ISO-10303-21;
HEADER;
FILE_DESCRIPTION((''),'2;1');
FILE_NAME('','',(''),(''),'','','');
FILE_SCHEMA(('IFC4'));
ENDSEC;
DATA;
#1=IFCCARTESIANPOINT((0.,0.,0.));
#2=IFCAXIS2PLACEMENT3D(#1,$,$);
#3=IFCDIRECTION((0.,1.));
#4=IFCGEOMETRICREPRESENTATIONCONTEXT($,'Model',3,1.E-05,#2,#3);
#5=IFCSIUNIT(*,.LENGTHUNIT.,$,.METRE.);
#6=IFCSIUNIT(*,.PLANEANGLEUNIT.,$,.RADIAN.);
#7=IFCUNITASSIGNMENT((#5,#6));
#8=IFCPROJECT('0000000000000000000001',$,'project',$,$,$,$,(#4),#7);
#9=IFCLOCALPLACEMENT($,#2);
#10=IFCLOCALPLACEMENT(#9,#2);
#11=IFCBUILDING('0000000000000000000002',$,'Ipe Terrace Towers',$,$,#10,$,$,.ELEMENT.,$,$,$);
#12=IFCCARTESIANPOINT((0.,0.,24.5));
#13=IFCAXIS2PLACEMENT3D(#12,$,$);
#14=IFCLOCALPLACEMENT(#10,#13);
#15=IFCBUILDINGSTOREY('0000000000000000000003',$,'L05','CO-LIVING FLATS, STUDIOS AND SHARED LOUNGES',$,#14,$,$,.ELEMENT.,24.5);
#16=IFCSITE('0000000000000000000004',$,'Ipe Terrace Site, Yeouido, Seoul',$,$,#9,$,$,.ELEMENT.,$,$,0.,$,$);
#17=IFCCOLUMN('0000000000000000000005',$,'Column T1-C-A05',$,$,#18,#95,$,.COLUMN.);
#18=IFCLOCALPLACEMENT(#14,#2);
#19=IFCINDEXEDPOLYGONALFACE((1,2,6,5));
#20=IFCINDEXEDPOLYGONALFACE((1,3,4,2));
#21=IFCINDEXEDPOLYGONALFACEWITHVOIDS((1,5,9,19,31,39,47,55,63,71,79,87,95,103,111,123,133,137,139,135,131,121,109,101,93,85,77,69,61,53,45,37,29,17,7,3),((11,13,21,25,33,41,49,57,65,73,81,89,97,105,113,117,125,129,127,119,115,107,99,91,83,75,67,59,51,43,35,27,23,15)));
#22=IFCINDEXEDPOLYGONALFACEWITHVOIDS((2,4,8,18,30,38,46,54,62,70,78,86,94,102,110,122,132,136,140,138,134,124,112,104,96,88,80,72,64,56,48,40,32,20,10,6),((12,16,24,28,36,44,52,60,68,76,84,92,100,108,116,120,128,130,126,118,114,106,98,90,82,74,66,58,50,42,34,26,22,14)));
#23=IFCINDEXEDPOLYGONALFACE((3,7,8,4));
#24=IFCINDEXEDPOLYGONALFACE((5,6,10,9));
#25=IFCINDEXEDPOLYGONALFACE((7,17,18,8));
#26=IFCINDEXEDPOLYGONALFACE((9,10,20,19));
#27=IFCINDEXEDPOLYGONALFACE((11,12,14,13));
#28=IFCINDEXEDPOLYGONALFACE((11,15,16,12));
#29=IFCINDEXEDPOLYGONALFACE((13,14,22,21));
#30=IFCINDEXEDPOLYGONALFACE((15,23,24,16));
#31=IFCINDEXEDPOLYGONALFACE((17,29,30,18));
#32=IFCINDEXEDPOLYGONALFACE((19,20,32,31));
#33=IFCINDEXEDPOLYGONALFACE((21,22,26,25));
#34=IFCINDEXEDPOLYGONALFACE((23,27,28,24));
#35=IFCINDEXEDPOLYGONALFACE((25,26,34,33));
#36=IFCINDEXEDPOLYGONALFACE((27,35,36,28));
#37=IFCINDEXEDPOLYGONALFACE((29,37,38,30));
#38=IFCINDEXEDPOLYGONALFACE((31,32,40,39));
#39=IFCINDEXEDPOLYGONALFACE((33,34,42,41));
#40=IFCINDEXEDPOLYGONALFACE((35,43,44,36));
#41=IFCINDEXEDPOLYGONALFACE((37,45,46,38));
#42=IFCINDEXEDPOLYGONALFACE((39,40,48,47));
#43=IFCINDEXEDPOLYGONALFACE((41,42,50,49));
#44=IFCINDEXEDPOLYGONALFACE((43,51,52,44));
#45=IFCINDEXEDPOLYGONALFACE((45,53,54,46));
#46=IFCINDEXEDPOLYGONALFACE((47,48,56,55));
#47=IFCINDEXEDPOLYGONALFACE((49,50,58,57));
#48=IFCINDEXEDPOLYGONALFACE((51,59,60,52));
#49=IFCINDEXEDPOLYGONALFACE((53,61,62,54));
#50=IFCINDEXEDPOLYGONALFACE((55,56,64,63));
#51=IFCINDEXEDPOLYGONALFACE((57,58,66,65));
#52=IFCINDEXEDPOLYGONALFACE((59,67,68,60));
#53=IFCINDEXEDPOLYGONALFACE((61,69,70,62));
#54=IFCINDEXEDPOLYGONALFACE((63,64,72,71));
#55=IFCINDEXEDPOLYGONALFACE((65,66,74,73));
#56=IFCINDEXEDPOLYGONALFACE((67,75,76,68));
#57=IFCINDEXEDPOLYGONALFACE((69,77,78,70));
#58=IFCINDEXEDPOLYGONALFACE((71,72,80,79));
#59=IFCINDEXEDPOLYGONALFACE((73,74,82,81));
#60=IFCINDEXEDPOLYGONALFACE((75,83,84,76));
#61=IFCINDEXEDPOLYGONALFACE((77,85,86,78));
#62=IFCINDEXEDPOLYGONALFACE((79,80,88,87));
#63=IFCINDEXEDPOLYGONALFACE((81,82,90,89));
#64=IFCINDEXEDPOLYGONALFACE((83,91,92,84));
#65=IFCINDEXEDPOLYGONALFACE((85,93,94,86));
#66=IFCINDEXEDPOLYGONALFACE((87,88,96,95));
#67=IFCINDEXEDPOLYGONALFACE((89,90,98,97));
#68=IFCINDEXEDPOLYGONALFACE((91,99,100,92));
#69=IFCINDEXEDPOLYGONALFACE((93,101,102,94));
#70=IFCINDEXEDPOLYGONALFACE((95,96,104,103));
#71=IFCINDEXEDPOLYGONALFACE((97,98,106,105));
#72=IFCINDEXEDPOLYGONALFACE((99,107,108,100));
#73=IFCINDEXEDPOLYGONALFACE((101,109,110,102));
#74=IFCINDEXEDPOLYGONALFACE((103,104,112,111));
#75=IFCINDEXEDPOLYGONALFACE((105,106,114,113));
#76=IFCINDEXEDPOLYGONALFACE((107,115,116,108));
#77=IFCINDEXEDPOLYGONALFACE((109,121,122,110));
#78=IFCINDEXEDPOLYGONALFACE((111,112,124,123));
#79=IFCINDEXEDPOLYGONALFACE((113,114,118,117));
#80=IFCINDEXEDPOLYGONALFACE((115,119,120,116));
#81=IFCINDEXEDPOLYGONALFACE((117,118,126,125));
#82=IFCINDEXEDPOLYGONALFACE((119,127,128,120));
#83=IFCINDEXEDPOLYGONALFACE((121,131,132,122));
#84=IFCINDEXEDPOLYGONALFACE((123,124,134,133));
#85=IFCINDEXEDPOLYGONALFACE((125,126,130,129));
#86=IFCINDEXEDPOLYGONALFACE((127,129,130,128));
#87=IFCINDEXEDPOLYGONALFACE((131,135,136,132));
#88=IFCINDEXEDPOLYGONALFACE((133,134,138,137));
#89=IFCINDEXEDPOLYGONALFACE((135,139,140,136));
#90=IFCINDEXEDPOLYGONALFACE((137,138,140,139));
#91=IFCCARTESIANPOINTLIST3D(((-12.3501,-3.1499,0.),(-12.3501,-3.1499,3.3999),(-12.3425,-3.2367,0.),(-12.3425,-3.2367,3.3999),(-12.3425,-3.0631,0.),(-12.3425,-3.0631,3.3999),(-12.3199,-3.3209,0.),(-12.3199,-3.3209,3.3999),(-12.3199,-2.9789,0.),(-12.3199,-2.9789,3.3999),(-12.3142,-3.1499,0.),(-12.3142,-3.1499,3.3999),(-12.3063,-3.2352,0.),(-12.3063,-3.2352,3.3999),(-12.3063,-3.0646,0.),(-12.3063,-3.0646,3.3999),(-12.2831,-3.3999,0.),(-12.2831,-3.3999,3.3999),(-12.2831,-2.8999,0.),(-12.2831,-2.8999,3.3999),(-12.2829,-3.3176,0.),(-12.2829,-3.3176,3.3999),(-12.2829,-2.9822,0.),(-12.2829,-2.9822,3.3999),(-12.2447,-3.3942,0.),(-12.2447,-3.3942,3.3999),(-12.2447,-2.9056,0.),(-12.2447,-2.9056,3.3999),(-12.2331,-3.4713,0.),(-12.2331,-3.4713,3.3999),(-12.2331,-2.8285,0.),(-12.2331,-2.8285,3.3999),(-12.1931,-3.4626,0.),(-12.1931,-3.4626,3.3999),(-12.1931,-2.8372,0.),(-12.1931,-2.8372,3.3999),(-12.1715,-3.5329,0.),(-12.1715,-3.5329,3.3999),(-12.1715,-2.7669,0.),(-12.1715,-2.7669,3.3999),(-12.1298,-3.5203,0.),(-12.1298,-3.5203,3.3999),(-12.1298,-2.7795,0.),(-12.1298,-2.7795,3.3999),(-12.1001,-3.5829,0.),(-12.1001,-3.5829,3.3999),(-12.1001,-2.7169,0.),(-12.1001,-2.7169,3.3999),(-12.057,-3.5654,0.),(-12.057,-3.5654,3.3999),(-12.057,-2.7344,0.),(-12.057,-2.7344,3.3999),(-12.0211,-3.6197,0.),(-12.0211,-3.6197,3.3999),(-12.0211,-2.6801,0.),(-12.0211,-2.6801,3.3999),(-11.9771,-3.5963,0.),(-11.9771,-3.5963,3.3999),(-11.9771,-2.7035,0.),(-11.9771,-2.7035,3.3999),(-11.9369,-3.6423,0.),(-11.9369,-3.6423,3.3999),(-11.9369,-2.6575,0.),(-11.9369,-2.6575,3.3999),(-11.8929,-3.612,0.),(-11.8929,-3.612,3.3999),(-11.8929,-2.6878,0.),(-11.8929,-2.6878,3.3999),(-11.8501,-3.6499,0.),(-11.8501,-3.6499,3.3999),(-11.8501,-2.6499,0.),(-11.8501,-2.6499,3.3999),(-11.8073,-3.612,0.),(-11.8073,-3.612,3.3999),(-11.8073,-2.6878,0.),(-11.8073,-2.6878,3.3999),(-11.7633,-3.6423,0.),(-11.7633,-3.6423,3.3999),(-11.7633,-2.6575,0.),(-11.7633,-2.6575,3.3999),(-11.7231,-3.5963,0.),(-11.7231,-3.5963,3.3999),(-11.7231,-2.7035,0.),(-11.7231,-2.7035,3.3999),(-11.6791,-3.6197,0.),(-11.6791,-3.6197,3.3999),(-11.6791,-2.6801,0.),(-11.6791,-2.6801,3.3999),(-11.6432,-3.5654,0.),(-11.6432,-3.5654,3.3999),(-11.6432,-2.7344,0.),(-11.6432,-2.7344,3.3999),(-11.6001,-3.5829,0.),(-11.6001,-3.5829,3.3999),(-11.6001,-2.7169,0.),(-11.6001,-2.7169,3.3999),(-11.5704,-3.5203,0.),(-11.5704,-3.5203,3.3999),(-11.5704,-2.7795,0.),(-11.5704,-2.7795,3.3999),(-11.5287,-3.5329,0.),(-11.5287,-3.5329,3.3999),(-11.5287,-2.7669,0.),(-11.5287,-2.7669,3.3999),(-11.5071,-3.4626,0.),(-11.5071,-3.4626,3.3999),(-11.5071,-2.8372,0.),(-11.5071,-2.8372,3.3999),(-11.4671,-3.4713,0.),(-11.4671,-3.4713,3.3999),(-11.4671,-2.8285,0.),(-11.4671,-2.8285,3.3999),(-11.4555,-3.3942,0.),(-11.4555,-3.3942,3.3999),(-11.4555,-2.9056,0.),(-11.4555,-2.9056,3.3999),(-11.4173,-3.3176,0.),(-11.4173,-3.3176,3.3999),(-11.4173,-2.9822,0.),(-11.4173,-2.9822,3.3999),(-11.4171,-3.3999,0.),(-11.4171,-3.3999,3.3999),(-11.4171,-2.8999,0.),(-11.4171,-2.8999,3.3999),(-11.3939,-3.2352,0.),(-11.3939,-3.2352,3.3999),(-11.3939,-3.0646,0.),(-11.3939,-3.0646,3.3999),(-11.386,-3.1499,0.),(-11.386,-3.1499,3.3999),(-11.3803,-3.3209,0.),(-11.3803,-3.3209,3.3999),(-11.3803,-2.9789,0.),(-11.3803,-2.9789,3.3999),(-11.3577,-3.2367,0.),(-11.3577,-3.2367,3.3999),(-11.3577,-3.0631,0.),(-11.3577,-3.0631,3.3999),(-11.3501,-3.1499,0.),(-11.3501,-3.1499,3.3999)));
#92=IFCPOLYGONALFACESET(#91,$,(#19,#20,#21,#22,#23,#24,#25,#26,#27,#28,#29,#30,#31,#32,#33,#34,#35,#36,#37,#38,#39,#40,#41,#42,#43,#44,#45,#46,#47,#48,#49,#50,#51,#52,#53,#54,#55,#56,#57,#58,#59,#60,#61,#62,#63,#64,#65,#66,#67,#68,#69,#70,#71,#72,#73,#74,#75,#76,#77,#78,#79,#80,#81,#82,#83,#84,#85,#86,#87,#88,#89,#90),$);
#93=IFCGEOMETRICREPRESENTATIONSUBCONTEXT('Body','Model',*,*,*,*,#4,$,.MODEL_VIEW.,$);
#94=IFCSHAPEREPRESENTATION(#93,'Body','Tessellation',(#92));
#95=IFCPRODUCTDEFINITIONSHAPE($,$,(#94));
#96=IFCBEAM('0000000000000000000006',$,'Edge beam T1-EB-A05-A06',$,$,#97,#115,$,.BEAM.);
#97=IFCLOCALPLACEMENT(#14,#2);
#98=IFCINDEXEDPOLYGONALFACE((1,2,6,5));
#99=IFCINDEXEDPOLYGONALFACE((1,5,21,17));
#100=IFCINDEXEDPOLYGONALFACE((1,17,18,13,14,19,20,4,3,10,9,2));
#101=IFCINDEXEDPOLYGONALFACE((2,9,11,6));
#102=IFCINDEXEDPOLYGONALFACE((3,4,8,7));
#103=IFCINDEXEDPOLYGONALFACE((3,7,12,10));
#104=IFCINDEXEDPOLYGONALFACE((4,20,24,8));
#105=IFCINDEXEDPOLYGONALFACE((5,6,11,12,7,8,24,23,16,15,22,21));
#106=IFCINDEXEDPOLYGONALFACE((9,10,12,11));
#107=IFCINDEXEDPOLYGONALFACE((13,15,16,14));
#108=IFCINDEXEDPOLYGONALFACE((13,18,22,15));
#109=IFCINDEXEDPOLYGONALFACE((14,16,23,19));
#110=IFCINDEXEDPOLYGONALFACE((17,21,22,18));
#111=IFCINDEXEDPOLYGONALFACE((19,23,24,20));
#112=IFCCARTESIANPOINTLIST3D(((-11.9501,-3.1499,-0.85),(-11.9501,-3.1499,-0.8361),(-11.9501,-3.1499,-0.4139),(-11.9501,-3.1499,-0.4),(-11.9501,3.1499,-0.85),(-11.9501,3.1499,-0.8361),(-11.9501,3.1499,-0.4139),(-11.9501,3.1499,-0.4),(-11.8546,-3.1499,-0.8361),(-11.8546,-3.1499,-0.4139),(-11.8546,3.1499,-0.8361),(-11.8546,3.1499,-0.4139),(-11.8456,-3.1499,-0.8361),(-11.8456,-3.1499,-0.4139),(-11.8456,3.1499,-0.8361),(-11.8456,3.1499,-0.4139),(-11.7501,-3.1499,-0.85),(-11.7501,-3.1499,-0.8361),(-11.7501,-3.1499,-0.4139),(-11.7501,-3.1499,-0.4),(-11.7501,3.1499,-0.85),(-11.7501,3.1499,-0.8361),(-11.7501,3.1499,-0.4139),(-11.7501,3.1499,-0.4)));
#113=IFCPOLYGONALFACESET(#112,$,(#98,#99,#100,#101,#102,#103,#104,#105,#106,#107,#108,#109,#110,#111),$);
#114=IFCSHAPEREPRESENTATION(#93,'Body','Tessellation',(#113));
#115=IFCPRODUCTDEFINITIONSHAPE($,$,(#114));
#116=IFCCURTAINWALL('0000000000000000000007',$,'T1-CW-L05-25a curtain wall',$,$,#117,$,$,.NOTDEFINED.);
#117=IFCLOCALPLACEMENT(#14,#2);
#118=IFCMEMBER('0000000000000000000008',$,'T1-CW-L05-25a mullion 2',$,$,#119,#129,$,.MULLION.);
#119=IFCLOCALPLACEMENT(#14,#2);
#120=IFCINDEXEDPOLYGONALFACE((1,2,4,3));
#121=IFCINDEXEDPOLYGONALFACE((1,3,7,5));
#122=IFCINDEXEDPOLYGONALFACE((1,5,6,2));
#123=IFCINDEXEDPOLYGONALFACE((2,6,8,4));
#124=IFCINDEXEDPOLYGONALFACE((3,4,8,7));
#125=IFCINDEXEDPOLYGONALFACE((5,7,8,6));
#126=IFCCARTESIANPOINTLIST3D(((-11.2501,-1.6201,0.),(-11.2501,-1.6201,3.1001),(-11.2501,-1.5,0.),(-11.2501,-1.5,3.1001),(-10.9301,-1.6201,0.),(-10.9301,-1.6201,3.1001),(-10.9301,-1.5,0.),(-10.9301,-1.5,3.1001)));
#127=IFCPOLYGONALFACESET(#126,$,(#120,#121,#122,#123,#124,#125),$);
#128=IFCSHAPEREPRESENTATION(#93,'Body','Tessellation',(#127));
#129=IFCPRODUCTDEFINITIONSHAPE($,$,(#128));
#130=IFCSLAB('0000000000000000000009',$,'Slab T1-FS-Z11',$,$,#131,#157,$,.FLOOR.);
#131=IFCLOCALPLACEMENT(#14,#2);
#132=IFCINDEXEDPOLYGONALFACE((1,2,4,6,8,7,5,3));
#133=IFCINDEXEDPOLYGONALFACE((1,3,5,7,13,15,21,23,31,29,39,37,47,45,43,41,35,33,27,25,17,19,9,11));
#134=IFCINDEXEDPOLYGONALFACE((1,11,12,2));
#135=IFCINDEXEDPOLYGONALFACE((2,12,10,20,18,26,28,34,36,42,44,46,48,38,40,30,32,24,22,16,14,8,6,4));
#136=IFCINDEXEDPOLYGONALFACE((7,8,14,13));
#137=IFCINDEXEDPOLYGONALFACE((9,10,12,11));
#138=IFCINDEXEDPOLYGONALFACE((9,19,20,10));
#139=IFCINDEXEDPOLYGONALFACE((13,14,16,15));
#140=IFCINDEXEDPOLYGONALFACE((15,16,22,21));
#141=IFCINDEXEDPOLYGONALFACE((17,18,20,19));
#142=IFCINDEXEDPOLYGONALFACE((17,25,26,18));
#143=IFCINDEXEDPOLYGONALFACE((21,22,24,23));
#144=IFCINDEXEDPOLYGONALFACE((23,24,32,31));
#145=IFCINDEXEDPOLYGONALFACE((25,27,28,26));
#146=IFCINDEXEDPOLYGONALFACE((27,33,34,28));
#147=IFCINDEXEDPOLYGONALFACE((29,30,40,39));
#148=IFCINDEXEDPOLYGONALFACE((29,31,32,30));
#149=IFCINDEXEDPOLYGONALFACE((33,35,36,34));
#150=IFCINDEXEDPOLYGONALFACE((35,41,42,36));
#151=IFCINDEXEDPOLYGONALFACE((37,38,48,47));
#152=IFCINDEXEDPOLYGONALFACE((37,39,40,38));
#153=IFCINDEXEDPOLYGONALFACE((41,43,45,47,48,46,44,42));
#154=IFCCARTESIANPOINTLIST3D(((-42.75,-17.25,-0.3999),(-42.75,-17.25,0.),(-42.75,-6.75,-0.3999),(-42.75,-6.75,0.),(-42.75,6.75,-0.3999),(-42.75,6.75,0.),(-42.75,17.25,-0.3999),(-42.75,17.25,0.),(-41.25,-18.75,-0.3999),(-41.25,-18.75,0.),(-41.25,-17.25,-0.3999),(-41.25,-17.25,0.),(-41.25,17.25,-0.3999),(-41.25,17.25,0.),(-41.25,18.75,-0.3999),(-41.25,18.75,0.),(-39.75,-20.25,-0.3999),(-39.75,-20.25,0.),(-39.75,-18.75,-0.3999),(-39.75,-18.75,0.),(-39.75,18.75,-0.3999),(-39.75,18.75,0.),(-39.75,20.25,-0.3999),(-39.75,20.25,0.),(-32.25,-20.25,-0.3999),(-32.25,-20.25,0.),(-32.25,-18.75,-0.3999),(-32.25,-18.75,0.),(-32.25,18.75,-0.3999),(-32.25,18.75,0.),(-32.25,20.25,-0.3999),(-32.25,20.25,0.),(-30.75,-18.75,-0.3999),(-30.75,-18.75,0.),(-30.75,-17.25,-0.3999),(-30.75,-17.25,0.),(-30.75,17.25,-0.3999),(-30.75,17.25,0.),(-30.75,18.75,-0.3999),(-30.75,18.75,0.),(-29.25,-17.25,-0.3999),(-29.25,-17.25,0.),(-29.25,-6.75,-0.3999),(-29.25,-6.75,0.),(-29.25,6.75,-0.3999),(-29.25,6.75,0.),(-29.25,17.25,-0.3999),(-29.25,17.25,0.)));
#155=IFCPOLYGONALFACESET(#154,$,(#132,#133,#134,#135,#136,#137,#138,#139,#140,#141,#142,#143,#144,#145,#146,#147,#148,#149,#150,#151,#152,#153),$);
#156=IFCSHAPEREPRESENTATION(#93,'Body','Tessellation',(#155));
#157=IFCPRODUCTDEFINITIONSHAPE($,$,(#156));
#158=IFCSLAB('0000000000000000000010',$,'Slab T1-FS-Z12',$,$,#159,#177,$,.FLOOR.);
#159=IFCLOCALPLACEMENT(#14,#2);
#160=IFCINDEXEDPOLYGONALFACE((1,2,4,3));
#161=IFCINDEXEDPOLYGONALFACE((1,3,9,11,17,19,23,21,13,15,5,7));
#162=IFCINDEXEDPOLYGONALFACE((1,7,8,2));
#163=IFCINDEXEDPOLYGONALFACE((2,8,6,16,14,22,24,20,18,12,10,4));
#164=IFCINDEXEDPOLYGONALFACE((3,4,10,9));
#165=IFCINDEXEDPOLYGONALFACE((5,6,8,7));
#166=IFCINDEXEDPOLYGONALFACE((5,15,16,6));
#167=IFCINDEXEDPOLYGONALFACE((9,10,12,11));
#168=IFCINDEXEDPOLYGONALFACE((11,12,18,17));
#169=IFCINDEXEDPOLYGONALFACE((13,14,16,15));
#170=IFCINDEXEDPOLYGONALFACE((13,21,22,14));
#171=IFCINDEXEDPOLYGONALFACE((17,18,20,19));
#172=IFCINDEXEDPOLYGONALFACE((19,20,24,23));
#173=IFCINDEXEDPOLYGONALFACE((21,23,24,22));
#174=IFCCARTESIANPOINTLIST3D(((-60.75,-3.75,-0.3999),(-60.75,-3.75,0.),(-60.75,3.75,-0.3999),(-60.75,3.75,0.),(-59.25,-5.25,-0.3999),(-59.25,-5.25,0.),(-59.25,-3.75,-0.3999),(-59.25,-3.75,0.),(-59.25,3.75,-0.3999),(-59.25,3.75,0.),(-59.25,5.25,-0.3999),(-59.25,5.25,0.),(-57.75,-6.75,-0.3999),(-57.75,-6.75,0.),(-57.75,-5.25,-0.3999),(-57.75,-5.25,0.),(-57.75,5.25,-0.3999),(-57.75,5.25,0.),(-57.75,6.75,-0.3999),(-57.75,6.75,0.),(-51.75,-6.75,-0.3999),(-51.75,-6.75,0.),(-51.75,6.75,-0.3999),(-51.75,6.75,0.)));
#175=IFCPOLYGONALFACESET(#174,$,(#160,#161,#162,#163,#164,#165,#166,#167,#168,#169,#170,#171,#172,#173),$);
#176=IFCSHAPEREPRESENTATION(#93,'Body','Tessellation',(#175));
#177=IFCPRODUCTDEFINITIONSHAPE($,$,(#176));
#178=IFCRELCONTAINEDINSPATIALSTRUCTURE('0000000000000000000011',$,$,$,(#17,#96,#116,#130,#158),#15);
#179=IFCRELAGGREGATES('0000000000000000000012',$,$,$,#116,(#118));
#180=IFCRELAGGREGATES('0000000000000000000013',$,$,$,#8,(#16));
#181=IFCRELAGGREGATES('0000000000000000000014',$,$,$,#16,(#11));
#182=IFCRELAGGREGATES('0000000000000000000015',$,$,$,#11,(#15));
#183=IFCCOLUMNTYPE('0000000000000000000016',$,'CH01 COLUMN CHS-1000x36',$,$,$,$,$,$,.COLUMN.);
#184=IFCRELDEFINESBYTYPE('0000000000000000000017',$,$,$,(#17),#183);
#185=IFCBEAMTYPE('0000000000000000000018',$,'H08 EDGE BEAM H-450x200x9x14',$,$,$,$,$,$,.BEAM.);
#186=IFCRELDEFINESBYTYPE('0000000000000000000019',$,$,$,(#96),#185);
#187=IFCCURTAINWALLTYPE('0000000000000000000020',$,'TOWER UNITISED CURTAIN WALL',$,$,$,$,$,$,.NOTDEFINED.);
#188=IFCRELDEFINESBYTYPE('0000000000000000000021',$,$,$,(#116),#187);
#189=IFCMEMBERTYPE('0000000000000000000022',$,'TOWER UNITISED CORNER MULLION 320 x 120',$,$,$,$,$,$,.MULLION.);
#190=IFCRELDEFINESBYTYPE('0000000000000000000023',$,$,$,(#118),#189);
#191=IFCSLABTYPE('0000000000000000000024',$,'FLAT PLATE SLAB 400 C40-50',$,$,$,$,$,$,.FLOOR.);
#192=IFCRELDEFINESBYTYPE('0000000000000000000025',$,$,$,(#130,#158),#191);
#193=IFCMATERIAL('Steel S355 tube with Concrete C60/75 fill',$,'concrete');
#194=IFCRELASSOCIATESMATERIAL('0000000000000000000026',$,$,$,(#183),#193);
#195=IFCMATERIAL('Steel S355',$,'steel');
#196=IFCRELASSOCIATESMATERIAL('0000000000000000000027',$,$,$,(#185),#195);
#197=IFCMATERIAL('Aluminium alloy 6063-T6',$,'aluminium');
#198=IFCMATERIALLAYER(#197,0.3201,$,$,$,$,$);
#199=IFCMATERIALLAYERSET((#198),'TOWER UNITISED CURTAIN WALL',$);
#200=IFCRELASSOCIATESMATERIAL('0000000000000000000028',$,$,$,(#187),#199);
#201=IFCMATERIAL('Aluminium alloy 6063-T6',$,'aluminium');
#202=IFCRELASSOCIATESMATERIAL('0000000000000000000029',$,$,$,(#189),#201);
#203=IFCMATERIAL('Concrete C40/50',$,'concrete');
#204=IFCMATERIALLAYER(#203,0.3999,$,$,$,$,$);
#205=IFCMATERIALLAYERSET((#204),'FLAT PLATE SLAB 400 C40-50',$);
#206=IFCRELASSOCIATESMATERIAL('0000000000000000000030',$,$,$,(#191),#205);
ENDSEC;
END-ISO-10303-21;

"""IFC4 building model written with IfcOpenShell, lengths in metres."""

from ifc_helpers import new_model, si_unit, direction, frame, origin, origin_2d, place, context, subcontext, project, spatial, polyline, rectangle, hollow_circle, i_section, outline, extrude, material, layer, layer_set, material_profile, profile_set, type_object, element, aggregate, save


model = new_model("IFC4")

# Units and contexts
model_context = context("Model", 3, precision=1e-05, world=origin(), true_north=direction((0.0, 1.0)))
body_context = subcontext(model_context, "Body", "Model", "MODEL_VIEW")
ifc_project = project(units=[si_unit("LENGTHUNIT", "METRE"), si_unit("PLANEANGLEUNIT", "RADIAN")], contexts=[model_context])

# Site, building, storey
site_placement = place(None, origin())
site = spatial("IfcSite", under=ifc_project, at=site_placement, Name="Ipe Terrace Site, Yeouido, Seoul", CompositionType="ELEMENT", RefElevation=0.0)
building_placement = place(site_placement, origin())
building = spatial("IfcBuilding", under=site, at=building_placement, Name="Ipe Terrace Towers", CompositionType="ELEMENT")
storey_placement = place(building_placement, frame((0.0, 0.0, 24.5)))
storey = spatial("IfcBuildingStorey", under=building, at=storey_placement, Name="L05", Description="CO-LIVING FLATS, STUDIOS AND SHARED LOUNGES", CompositionType="ELEMENT", Elevation=24.5)

# Column
ifc_material_1 = material(Name="Steel S355 tube with Concrete C60/75 fill", Category="concrete")
ifc_material_profile_1 = material_profile(ifc_material_1, hollow_circle(Radius=0.5, WallThickness=0.0359, at=origin_2d()), Name="CHS-1000x36")
ifc_profile_set_1 = profile_set([ifc_material_profile_1], Name="Steel S355 tube with Concrete C60/75 fill")
column_type = type_object("IfcColumnType", Name="CH01 COLUMN CHS-1000x36", PredefinedType="COLUMN", material=ifc_profile_set_1)
column_placement = place(storey_placement, frame((-11.8501, -3.1499, 0.0), z_axis=(0.0, 0.0, 1.0), x_axis=(1.0, 0.0, 0.0)))
element("IfcColumn", 1, at=column_placement, inside=storey, type_object=column_type, Name="Column T1-C-A05", PredefinedType="COLUMN", context=body_context, shape_type="SweptSolid", body=[
    extrude(hollow_circle(Radius=0.5, WallThickness=0.0359, at=origin_2d()), origin(), (0.0, 0.0, 1.0), 3.3999),
])

# Beam
ifc_material_2 = material(Name="Steel S355", Category="steel")
ifc_material_profile_2 = material_profile(ifc_material_2, i_section(OverallWidth=0.2, OverallDepth=0.45, WebThickness=0.009, FlangeThickness=0.0139, at=origin_2d()), Name="H-450x200x9x14")
ifc_profile_set_2 = profile_set([ifc_material_profile_2], Name="Steel S355")
beam_type = type_object("IfcBeamType", Name="H08 EDGE BEAM H-450x200x9x14", PredefinedType="BEAM", material=ifc_profile_set_2)
beam_placement = place(storey_placement, frame((-11.8501, -3.1499, -0.625), z_axis=(0.0, 1.0, 0.0), x_axis=(-1.0, 0.0, 0.0)))
element("IfcBeam", 2, at=beam_placement, inside=storey, type_object=beam_type, Name="Edge beam T1-EB-A05-A06", PredefinedType="BEAM", context=body_context, shape_type="SweptSolid", body=[
    extrude(i_section(OverallWidth=0.2, OverallDepth=0.45, WebThickness=0.009, FlangeThickness=0.0139, at=origin_2d()), origin(), (0.0, 0.0, 1.0), 6.2998),
])

# Curtain wall, member
ifc_material_3 = material(Name="Aluminium alloy 6063-T6", Category="aluminium")
ifc_layer_1 = layer(ifc_material_3, 0.3201)
ifc_layer_set_1 = layer_set([ifc_layer_1], Name="TOWER UNITISED CURTAIN WALL")
curtain_wall_type = type_object("IfcCurtainWallType", Name="TOWER UNITISED CURTAIN WALL", PredefinedType="NOTDEFINED", material=ifc_layer_set_1)
curtain_wall_placement = place(storey_placement, origin())
curtain_wall = element("IfcCurtainWall", 3, at=curtain_wall_placement, inside=storey, type_object=curtain_wall_type, Name="T1-CW-L05-25a curtain wall", PredefinedType="NOTDEFINED")
ifc_material_4 = material(Name="Aluminium alloy 6063-T6", Category="aluminium")
ifc_material_profile_3 = material_profile(ifc_material_4, rectangle(XDim=0.3201, YDim=0.1201, at=origin_2d()), Name="TOWER UNITISED CORNER MULLION 320 x 120")
ifc_profile_set_3 = profile_set([ifc_material_profile_3], Name="Aluminium alloy 6063-T6")
member_type = type_object("IfcMemberType", Name="TOWER UNITISED CORNER MULLION 320 x 120", PredefinedType="MULLION", material=ifc_profile_set_3)
member_placement = place(storey_placement, frame((-11.0901, -1.5601, 0.0), z_axis=(0.0, 0.0, 1.0), x_axis=(1.0, 0.0, 0.0)))
member = element("IfcMember", 4, at=member_placement, type_object=member_type, Name="T1-CW-L05-25a mullion 2", PredefinedType="MULLION", context=body_context, shape_type="SweptSolid", body=[
    extrude(rectangle(XDim=0.3201, YDim=0.1201, at=origin_2d()), origin(), (0.0, 0.0, 1.0), 3.1001),
])

# Slabs
ifc_material_5 = material(Name="Concrete C40/50", Category="concrete")
ifc_layer_2 = layer(ifc_material_5, 0.3999)
ifc_layer_set_2 = layer_set([ifc_layer_2], Name="FLAT PLATE SLAB 400 C40-50")
slab_type_1 = type_object("IfcSlabType", Name="FLAT PLATE SLAB 400 C40-50", PredefinedType="FLOOR", material=ifc_layer_set_2)
slab_1_placement = place(storey_placement, frame((0.0, 0.0, -0.3999)))
element("IfcSlab", 5, at=slab_1_placement, inside=storey, type_object=slab_type_1, Name="Slab T1-FS-Z11", PredefinedType="FLOOR", context=body_context, shape_type="SweptSolid", body=[
    extrude(outline(polyline([(-30.75, -17.25), (-30.75, -18.75), (-32.25, -18.75), (-32.25, -20.25), (-39.75, -20.25), (-39.75, -18.75), (-41.25, -18.75), (-41.25, -17.25), (-42.75, -17.25), (-42.75, -6.75), (-42.75, 6.75), (-42.75, 17.25), (-41.25, 17.25), (-41.25, 18.75), (-39.75, 18.75), (-39.75, 20.25), (-32.25, 20.25), (-32.25, 18.75), (-30.75, 18.75), (-30.75, 17.25), (-29.25, 17.25), (-29.25, 6.75), (-29.25, -6.75), (-29.25, -17.25), (-30.75, -17.25)])), origin(), (0.0, 0.0, 1.0), 0.3999),
])
slab_2_placement = place(storey_placement, frame((0.0, 0.0, -0.3999)))
element("IfcSlab", 6, at=slab_2_placement, inside=storey, type_object=slab_type_1, Name="Slab T1-FS-Z12", PredefinedType="FLOOR", context=body_context, shape_type="SweptSolid", body=[
    extrude(outline(polyline([(-57.75, -6.75), (-57.75, -5.25), (-59.25, -5.25), (-59.25, -3.75), (-60.75, -3.75), (-60.75, 3.75), (-59.25, 3.75), (-59.25, 5.25), (-57.75, 5.25), (-57.75, 6.75), (-51.75, 6.75), (-51.75, -6.75), (-57.75, -6.75)])), origin(), (0.0, 0.0, 1.0), 0.3999),
])

aggregate(curtain_wall, [member])

save(model, "model.ifc")
